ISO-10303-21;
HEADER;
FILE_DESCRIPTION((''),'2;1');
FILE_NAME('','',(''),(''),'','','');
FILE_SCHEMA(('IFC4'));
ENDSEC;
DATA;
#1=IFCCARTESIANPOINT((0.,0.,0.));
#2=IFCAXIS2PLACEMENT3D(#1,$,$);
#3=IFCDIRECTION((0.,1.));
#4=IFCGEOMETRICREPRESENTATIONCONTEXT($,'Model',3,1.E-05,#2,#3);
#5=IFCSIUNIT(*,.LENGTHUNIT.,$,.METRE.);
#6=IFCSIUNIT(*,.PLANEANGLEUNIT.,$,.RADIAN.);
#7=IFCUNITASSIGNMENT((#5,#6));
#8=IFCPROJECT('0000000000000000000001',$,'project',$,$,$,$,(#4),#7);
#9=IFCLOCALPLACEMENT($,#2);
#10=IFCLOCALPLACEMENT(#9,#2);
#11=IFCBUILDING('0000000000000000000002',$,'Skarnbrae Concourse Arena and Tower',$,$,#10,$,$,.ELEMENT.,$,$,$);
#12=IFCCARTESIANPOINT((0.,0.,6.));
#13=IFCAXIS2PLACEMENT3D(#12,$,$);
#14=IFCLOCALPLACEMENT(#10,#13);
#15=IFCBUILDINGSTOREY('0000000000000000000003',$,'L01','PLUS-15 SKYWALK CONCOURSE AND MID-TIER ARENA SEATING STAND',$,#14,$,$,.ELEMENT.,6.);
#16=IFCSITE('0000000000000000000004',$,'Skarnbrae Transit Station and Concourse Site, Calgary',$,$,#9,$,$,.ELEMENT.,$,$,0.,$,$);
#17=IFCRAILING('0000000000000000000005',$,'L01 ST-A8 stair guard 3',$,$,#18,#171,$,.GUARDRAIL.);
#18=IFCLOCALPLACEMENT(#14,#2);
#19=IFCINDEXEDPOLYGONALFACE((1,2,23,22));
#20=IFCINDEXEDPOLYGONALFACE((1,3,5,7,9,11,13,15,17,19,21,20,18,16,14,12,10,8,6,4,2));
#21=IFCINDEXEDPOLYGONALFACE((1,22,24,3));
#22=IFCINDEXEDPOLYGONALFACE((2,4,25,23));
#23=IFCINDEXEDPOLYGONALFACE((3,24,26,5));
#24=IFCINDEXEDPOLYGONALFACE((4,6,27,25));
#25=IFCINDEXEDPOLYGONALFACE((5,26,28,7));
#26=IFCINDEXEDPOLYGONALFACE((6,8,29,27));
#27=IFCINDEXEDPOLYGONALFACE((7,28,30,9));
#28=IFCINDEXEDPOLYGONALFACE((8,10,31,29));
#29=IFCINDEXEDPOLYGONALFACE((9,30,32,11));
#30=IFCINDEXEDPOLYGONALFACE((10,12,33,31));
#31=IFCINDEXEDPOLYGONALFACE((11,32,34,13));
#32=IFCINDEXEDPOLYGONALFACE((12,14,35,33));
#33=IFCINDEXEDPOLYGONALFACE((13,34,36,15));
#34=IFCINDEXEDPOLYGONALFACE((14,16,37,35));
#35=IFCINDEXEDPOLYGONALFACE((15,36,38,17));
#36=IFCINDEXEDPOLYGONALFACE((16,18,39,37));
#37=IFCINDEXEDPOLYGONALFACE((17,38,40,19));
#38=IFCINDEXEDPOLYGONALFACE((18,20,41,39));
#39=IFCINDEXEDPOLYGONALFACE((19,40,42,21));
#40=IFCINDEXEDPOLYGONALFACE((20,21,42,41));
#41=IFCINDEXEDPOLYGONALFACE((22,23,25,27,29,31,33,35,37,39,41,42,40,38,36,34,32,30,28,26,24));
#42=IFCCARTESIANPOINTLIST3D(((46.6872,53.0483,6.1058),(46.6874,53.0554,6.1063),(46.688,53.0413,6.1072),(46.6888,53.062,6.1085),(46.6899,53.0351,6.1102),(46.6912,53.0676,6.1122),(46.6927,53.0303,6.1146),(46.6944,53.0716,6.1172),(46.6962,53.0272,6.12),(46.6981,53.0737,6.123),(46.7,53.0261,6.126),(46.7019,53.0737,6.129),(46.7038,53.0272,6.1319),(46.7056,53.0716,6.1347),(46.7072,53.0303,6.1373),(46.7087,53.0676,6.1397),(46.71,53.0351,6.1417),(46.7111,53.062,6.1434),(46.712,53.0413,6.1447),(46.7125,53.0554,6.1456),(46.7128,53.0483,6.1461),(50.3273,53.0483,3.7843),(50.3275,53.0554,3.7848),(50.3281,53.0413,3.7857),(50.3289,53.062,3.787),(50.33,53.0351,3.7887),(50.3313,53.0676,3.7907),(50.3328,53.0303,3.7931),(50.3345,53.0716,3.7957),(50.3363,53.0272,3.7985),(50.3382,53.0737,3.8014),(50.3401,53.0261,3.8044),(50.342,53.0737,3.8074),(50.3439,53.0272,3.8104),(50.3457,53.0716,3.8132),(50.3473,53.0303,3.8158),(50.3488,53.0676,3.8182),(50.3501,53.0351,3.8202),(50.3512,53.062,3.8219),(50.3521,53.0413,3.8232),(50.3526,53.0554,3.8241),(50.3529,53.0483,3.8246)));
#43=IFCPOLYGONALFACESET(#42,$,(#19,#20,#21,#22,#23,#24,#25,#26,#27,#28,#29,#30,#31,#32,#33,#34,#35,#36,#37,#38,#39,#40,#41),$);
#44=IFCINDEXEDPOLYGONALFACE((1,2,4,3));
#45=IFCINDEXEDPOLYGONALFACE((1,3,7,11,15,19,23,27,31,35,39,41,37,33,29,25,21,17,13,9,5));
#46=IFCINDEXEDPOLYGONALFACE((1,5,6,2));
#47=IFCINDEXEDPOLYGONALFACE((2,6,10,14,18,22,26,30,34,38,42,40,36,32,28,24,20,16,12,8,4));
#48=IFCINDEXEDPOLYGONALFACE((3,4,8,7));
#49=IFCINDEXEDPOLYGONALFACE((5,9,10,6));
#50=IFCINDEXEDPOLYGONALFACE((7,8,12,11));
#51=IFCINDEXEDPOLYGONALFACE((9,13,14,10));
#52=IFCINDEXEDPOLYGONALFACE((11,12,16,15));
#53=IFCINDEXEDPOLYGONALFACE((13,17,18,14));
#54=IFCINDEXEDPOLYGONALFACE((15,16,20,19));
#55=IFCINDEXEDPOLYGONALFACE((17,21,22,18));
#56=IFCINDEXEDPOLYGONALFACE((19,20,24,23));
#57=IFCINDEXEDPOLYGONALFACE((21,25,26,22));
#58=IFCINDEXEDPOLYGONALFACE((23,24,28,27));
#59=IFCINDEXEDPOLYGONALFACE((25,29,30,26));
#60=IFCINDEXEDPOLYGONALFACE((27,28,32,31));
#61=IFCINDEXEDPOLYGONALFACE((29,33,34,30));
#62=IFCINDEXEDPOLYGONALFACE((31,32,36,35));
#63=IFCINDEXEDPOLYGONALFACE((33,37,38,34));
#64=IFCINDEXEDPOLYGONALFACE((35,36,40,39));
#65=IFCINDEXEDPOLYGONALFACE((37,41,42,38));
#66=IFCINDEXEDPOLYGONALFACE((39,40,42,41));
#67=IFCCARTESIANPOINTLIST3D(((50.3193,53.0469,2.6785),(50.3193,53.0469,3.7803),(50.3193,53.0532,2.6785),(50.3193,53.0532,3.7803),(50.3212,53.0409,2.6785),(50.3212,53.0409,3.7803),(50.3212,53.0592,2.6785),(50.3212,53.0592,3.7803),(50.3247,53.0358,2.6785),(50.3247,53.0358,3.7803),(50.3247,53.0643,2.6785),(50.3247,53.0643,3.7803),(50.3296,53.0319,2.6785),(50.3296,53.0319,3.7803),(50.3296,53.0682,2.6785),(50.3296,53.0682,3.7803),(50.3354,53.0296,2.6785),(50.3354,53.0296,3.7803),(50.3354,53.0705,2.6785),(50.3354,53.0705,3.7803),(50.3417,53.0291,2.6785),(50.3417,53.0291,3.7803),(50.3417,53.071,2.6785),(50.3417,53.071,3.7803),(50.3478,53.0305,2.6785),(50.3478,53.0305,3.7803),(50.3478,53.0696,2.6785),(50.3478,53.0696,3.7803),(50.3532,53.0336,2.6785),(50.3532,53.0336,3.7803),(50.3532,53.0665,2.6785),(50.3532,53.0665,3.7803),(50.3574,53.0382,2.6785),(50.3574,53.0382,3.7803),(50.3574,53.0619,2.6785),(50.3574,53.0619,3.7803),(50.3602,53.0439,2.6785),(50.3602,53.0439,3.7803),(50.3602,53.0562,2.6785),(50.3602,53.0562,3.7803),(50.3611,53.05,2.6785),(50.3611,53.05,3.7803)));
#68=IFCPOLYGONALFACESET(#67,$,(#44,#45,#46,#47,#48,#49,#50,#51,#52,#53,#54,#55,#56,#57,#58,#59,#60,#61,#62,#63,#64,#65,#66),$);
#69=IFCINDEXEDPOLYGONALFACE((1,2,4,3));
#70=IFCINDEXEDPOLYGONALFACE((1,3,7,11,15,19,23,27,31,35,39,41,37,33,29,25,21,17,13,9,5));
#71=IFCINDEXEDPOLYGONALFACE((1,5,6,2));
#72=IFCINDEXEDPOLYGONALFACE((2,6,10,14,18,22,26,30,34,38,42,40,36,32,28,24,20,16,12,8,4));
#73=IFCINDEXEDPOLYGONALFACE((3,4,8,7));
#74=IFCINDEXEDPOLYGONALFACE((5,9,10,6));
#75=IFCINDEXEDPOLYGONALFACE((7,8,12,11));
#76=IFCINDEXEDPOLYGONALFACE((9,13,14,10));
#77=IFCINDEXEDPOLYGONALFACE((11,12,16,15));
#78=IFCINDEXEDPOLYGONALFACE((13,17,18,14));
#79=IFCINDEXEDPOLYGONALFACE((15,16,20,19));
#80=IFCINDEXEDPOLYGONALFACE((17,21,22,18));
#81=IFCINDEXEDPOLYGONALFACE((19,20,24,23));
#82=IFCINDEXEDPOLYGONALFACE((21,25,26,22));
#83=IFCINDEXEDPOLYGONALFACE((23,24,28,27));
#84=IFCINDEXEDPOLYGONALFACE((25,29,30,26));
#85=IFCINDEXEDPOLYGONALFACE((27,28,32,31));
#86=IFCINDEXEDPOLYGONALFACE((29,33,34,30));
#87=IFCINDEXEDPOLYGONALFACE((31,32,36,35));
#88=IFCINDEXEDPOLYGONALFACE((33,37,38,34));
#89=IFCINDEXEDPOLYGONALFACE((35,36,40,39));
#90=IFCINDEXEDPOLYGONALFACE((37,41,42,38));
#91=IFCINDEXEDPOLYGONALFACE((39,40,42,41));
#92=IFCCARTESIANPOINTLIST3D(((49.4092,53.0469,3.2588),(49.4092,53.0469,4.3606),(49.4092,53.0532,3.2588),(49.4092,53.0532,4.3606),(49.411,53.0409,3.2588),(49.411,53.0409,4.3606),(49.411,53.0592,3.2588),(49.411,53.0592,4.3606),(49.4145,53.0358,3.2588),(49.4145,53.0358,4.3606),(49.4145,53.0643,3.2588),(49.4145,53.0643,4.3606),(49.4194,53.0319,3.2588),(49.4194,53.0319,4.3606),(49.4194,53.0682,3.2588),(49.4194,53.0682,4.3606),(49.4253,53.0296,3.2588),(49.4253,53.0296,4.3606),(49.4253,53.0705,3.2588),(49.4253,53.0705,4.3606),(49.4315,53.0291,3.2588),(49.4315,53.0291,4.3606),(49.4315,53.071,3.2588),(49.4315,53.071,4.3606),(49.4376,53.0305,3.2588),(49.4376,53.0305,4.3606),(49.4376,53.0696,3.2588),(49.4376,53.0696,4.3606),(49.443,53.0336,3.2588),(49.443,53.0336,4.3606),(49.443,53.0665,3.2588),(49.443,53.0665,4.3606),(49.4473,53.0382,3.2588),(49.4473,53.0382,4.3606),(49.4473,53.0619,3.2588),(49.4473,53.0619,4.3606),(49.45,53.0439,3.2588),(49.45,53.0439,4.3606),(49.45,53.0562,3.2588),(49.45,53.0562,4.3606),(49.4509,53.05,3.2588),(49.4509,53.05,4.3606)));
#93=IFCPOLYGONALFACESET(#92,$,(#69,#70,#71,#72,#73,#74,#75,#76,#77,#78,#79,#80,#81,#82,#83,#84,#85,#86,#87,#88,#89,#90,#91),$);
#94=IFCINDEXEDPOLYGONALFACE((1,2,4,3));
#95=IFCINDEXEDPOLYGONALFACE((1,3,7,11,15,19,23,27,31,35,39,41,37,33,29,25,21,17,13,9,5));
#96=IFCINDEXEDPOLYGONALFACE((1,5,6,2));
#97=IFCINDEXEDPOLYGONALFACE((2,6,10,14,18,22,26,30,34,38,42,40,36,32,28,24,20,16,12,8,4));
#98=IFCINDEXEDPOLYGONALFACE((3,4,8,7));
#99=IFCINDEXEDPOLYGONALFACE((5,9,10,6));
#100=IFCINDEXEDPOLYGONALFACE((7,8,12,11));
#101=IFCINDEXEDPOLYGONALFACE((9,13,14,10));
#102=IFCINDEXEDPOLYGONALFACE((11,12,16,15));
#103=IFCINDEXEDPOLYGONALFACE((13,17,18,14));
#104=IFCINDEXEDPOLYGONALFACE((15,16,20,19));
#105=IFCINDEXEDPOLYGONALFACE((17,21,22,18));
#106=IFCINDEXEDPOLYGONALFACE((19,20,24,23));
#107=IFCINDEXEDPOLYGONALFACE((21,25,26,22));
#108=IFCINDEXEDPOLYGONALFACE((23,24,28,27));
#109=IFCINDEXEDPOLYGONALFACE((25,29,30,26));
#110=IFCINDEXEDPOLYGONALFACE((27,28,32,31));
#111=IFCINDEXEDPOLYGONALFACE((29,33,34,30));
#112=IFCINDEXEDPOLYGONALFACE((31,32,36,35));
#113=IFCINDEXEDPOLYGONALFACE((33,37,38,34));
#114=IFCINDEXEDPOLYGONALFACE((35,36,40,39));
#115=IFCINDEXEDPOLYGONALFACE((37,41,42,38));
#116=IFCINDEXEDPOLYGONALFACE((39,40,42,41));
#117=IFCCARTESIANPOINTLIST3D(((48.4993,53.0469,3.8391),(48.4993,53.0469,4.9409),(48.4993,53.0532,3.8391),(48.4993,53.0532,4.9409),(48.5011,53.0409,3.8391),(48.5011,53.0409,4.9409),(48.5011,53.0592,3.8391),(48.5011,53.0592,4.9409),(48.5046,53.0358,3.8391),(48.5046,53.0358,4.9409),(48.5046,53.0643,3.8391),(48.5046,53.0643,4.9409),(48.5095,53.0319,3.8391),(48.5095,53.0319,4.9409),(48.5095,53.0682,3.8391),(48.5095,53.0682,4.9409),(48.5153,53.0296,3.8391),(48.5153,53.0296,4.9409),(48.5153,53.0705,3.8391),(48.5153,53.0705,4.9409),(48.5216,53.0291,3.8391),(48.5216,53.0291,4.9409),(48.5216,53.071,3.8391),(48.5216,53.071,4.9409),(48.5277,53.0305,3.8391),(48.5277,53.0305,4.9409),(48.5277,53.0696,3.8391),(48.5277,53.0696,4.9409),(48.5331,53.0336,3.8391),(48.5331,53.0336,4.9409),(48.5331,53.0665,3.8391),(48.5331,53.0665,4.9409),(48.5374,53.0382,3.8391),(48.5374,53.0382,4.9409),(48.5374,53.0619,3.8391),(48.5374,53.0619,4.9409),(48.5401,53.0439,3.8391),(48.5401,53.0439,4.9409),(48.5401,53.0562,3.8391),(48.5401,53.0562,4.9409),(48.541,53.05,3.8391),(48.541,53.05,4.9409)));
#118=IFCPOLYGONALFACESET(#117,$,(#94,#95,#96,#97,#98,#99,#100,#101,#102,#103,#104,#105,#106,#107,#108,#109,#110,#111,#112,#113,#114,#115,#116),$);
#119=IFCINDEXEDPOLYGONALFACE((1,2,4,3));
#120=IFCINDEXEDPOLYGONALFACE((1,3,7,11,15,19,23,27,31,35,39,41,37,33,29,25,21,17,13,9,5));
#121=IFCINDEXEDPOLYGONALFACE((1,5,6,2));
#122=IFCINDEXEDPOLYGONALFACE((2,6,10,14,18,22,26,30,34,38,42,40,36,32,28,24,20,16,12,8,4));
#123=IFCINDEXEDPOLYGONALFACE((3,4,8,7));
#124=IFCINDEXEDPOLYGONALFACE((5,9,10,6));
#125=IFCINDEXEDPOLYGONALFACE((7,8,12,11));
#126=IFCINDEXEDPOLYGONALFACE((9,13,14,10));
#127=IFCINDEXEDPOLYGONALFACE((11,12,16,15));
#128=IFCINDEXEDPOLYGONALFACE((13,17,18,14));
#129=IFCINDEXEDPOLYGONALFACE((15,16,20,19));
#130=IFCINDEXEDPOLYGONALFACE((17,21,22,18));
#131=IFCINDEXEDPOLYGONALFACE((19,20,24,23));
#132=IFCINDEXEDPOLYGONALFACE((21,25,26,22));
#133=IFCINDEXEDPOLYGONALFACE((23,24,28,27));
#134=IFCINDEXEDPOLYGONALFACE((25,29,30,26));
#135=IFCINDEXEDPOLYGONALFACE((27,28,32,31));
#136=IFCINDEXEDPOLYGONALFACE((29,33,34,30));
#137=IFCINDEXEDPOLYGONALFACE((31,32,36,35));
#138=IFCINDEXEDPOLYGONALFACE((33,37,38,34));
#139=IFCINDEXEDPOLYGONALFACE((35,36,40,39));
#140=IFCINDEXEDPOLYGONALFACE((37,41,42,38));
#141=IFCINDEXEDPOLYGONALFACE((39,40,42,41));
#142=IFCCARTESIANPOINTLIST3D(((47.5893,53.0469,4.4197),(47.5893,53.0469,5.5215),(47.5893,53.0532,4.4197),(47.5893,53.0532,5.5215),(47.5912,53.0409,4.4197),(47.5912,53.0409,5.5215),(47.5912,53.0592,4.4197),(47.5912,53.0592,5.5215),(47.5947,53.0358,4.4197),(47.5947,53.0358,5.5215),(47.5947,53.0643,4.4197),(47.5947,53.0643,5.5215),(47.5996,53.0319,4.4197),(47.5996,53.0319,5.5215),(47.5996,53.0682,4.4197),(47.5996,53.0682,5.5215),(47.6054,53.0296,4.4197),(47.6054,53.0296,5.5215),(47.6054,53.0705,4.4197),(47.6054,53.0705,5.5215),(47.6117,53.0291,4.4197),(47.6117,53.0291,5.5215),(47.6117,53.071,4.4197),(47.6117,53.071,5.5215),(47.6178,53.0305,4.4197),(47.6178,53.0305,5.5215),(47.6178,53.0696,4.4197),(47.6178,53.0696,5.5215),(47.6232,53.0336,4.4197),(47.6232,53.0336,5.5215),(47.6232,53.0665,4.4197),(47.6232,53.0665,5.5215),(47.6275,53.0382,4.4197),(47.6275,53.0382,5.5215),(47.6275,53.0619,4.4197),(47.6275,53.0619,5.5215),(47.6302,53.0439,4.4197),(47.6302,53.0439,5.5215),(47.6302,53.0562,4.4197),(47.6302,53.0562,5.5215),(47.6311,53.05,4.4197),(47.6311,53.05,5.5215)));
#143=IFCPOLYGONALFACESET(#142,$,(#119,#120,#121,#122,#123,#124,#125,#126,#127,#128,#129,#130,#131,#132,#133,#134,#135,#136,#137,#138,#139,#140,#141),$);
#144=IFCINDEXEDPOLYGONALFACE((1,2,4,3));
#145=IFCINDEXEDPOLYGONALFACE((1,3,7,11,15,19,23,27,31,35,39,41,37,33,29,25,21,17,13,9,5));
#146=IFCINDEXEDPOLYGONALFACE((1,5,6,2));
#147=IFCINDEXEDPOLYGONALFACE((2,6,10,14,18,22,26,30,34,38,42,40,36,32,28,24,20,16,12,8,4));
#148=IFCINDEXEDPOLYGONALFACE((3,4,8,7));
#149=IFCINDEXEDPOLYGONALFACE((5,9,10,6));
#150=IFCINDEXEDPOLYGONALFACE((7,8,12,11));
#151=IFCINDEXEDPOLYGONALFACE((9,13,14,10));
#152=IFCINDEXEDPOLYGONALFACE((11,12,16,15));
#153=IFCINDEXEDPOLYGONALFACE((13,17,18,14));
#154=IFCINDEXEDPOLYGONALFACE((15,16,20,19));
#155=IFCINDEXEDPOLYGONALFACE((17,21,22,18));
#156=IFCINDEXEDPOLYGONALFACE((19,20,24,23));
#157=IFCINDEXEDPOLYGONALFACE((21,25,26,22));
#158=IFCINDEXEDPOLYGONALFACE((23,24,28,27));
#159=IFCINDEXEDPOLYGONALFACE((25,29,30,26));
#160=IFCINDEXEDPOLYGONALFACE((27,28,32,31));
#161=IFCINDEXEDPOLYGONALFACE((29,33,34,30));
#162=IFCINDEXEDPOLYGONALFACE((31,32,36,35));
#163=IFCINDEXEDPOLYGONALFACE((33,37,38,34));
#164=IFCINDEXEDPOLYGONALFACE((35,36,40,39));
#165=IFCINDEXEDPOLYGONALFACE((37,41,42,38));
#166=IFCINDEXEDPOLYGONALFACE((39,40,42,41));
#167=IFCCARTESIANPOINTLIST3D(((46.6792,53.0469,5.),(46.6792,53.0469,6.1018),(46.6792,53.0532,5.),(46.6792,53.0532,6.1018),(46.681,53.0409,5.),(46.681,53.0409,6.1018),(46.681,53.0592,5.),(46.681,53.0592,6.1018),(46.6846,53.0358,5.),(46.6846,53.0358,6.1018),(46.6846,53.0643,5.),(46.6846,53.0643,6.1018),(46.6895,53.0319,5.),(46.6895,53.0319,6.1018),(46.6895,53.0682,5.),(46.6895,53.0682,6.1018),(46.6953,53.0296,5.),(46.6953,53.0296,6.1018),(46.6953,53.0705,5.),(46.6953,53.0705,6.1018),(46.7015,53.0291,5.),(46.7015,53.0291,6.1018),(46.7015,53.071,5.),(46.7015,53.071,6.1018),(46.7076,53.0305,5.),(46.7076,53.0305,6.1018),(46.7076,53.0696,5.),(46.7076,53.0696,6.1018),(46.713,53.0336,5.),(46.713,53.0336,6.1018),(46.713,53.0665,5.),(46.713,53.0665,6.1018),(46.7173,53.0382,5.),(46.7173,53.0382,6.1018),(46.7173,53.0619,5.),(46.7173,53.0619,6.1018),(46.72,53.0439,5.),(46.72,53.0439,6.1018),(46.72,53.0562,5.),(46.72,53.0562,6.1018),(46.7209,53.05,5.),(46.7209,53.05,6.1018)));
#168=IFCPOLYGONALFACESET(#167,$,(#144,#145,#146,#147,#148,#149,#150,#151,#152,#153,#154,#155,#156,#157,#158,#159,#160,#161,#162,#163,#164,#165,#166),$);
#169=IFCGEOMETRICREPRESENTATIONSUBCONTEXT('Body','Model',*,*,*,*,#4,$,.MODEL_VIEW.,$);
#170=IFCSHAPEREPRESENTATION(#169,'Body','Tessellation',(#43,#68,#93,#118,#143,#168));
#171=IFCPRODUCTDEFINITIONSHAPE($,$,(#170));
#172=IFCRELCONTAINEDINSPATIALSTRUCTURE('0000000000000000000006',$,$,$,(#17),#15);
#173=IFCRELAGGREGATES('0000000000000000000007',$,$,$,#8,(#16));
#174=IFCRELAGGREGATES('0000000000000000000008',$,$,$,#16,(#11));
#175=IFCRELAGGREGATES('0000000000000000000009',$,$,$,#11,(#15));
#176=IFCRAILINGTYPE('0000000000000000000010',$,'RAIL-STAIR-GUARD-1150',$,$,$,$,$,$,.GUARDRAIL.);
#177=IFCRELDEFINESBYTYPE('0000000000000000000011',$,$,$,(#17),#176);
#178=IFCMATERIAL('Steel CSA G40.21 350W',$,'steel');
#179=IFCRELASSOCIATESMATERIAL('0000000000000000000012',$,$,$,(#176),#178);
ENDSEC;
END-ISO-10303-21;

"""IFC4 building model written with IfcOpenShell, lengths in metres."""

from ifc_helpers import new_model, si_unit, direction, frame, origin, origin_2d, place, context, subcontext, project, spatial, circle, extrude, material, type_object, element, save


model = new_model("IFC4")

# Units and contexts
model_context = context("Model", 3, precision=1e-05, world=origin(), true_north=direction((0.0, 1.0)))
body_context = subcontext(model_context, "Body", "Model", "MODEL_VIEW")
ifc_project = project(units=[si_unit("LENGTHUNIT", "METRE"), si_unit("PLANEANGLEUNIT", "RADIAN")], contexts=[model_context])

# Site, building, storey
site_placement = place(None, origin())
site = spatial("IfcSite", under=ifc_project, at=site_placement, Name="Skarnbrae Transit Station and Concourse Site, Calgary", CompositionType="ELEMENT", RefElevation=0.0)
building_placement = place(site_placement, origin())
building = spatial("IfcBuilding", under=site, at=building_placement, Name="Skarnbrae Concourse Arena and Tower", CompositionType="ELEMENT")
storey_placement = place(building_placement, frame((0.0, 0.0, 6.0)))
storey = spatial("IfcBuildingStorey", under=building, at=storey_placement, Name="L01", Description="PLUS-15 SKYWALK CONCOURSE AND MID-TIER ARENA SEATING STAND", CompositionType="ELEMENT", Elevation=6.0)

# Shared definitions
ifc_material_1 = material(Name="Steel CSA G40.21 350W", Category="steel")

# Railing
railing_type_1 = type_object("IfcRailingType", Name="RAIL-STAIR-GUARD-1150", PredefinedType="GUARDRAIL", material=ifc_material_1)
railing_1_placement = place(storey_placement, frame((50.3401, 53.05, 2.6785)))
element("IfcRailing", 1, at=railing_1_placement, inside=storey, type_object=railing_type_1, Name="L01 ST-A8 stair guard 3", PredefinedType="GUARDRAIL", context=body_context, shape_type="SweptSolid", body=[
    extrude(circle(Radius=0.0239, at=origin_2d()), frame((0.0, 0.0, 1.126), z_axis=(-0.843128, 0.0, 0.537713), x_axis=(0.0, -1.0, 0.0)), (0.0, 0.0, 1.0), 4.3174),
    extrude(circle(Radius=0.021, at=origin_2d()), origin(), (0.0, 0.0, 1.0), 1.1018),
    extrude(circle(Radius=0.021, at=origin_2d()), frame((-0.9102, 0.0, 0.5803)), (0.0, 0.0, 1.0), 1.1018),
    extrude(circle(Radius=0.021, at=origin_2d()), frame((-1.8201, 0.0, 1.1606)), (0.0, 0.0, 1.0), 1.1018),
    extrude(circle(Radius=0.021, at=origin_2d()), frame((-2.73, 0.0, 1.7412)), (0.0, 0.0, 1.0), 1.1018),
    extrude(circle(Radius=0.021, at=origin_2d()), frame((-3.6401, 0.0, 2.3215)), (0.0, 0.0, 1.0), 1.1018),
])

save(model, "model.ifc")
